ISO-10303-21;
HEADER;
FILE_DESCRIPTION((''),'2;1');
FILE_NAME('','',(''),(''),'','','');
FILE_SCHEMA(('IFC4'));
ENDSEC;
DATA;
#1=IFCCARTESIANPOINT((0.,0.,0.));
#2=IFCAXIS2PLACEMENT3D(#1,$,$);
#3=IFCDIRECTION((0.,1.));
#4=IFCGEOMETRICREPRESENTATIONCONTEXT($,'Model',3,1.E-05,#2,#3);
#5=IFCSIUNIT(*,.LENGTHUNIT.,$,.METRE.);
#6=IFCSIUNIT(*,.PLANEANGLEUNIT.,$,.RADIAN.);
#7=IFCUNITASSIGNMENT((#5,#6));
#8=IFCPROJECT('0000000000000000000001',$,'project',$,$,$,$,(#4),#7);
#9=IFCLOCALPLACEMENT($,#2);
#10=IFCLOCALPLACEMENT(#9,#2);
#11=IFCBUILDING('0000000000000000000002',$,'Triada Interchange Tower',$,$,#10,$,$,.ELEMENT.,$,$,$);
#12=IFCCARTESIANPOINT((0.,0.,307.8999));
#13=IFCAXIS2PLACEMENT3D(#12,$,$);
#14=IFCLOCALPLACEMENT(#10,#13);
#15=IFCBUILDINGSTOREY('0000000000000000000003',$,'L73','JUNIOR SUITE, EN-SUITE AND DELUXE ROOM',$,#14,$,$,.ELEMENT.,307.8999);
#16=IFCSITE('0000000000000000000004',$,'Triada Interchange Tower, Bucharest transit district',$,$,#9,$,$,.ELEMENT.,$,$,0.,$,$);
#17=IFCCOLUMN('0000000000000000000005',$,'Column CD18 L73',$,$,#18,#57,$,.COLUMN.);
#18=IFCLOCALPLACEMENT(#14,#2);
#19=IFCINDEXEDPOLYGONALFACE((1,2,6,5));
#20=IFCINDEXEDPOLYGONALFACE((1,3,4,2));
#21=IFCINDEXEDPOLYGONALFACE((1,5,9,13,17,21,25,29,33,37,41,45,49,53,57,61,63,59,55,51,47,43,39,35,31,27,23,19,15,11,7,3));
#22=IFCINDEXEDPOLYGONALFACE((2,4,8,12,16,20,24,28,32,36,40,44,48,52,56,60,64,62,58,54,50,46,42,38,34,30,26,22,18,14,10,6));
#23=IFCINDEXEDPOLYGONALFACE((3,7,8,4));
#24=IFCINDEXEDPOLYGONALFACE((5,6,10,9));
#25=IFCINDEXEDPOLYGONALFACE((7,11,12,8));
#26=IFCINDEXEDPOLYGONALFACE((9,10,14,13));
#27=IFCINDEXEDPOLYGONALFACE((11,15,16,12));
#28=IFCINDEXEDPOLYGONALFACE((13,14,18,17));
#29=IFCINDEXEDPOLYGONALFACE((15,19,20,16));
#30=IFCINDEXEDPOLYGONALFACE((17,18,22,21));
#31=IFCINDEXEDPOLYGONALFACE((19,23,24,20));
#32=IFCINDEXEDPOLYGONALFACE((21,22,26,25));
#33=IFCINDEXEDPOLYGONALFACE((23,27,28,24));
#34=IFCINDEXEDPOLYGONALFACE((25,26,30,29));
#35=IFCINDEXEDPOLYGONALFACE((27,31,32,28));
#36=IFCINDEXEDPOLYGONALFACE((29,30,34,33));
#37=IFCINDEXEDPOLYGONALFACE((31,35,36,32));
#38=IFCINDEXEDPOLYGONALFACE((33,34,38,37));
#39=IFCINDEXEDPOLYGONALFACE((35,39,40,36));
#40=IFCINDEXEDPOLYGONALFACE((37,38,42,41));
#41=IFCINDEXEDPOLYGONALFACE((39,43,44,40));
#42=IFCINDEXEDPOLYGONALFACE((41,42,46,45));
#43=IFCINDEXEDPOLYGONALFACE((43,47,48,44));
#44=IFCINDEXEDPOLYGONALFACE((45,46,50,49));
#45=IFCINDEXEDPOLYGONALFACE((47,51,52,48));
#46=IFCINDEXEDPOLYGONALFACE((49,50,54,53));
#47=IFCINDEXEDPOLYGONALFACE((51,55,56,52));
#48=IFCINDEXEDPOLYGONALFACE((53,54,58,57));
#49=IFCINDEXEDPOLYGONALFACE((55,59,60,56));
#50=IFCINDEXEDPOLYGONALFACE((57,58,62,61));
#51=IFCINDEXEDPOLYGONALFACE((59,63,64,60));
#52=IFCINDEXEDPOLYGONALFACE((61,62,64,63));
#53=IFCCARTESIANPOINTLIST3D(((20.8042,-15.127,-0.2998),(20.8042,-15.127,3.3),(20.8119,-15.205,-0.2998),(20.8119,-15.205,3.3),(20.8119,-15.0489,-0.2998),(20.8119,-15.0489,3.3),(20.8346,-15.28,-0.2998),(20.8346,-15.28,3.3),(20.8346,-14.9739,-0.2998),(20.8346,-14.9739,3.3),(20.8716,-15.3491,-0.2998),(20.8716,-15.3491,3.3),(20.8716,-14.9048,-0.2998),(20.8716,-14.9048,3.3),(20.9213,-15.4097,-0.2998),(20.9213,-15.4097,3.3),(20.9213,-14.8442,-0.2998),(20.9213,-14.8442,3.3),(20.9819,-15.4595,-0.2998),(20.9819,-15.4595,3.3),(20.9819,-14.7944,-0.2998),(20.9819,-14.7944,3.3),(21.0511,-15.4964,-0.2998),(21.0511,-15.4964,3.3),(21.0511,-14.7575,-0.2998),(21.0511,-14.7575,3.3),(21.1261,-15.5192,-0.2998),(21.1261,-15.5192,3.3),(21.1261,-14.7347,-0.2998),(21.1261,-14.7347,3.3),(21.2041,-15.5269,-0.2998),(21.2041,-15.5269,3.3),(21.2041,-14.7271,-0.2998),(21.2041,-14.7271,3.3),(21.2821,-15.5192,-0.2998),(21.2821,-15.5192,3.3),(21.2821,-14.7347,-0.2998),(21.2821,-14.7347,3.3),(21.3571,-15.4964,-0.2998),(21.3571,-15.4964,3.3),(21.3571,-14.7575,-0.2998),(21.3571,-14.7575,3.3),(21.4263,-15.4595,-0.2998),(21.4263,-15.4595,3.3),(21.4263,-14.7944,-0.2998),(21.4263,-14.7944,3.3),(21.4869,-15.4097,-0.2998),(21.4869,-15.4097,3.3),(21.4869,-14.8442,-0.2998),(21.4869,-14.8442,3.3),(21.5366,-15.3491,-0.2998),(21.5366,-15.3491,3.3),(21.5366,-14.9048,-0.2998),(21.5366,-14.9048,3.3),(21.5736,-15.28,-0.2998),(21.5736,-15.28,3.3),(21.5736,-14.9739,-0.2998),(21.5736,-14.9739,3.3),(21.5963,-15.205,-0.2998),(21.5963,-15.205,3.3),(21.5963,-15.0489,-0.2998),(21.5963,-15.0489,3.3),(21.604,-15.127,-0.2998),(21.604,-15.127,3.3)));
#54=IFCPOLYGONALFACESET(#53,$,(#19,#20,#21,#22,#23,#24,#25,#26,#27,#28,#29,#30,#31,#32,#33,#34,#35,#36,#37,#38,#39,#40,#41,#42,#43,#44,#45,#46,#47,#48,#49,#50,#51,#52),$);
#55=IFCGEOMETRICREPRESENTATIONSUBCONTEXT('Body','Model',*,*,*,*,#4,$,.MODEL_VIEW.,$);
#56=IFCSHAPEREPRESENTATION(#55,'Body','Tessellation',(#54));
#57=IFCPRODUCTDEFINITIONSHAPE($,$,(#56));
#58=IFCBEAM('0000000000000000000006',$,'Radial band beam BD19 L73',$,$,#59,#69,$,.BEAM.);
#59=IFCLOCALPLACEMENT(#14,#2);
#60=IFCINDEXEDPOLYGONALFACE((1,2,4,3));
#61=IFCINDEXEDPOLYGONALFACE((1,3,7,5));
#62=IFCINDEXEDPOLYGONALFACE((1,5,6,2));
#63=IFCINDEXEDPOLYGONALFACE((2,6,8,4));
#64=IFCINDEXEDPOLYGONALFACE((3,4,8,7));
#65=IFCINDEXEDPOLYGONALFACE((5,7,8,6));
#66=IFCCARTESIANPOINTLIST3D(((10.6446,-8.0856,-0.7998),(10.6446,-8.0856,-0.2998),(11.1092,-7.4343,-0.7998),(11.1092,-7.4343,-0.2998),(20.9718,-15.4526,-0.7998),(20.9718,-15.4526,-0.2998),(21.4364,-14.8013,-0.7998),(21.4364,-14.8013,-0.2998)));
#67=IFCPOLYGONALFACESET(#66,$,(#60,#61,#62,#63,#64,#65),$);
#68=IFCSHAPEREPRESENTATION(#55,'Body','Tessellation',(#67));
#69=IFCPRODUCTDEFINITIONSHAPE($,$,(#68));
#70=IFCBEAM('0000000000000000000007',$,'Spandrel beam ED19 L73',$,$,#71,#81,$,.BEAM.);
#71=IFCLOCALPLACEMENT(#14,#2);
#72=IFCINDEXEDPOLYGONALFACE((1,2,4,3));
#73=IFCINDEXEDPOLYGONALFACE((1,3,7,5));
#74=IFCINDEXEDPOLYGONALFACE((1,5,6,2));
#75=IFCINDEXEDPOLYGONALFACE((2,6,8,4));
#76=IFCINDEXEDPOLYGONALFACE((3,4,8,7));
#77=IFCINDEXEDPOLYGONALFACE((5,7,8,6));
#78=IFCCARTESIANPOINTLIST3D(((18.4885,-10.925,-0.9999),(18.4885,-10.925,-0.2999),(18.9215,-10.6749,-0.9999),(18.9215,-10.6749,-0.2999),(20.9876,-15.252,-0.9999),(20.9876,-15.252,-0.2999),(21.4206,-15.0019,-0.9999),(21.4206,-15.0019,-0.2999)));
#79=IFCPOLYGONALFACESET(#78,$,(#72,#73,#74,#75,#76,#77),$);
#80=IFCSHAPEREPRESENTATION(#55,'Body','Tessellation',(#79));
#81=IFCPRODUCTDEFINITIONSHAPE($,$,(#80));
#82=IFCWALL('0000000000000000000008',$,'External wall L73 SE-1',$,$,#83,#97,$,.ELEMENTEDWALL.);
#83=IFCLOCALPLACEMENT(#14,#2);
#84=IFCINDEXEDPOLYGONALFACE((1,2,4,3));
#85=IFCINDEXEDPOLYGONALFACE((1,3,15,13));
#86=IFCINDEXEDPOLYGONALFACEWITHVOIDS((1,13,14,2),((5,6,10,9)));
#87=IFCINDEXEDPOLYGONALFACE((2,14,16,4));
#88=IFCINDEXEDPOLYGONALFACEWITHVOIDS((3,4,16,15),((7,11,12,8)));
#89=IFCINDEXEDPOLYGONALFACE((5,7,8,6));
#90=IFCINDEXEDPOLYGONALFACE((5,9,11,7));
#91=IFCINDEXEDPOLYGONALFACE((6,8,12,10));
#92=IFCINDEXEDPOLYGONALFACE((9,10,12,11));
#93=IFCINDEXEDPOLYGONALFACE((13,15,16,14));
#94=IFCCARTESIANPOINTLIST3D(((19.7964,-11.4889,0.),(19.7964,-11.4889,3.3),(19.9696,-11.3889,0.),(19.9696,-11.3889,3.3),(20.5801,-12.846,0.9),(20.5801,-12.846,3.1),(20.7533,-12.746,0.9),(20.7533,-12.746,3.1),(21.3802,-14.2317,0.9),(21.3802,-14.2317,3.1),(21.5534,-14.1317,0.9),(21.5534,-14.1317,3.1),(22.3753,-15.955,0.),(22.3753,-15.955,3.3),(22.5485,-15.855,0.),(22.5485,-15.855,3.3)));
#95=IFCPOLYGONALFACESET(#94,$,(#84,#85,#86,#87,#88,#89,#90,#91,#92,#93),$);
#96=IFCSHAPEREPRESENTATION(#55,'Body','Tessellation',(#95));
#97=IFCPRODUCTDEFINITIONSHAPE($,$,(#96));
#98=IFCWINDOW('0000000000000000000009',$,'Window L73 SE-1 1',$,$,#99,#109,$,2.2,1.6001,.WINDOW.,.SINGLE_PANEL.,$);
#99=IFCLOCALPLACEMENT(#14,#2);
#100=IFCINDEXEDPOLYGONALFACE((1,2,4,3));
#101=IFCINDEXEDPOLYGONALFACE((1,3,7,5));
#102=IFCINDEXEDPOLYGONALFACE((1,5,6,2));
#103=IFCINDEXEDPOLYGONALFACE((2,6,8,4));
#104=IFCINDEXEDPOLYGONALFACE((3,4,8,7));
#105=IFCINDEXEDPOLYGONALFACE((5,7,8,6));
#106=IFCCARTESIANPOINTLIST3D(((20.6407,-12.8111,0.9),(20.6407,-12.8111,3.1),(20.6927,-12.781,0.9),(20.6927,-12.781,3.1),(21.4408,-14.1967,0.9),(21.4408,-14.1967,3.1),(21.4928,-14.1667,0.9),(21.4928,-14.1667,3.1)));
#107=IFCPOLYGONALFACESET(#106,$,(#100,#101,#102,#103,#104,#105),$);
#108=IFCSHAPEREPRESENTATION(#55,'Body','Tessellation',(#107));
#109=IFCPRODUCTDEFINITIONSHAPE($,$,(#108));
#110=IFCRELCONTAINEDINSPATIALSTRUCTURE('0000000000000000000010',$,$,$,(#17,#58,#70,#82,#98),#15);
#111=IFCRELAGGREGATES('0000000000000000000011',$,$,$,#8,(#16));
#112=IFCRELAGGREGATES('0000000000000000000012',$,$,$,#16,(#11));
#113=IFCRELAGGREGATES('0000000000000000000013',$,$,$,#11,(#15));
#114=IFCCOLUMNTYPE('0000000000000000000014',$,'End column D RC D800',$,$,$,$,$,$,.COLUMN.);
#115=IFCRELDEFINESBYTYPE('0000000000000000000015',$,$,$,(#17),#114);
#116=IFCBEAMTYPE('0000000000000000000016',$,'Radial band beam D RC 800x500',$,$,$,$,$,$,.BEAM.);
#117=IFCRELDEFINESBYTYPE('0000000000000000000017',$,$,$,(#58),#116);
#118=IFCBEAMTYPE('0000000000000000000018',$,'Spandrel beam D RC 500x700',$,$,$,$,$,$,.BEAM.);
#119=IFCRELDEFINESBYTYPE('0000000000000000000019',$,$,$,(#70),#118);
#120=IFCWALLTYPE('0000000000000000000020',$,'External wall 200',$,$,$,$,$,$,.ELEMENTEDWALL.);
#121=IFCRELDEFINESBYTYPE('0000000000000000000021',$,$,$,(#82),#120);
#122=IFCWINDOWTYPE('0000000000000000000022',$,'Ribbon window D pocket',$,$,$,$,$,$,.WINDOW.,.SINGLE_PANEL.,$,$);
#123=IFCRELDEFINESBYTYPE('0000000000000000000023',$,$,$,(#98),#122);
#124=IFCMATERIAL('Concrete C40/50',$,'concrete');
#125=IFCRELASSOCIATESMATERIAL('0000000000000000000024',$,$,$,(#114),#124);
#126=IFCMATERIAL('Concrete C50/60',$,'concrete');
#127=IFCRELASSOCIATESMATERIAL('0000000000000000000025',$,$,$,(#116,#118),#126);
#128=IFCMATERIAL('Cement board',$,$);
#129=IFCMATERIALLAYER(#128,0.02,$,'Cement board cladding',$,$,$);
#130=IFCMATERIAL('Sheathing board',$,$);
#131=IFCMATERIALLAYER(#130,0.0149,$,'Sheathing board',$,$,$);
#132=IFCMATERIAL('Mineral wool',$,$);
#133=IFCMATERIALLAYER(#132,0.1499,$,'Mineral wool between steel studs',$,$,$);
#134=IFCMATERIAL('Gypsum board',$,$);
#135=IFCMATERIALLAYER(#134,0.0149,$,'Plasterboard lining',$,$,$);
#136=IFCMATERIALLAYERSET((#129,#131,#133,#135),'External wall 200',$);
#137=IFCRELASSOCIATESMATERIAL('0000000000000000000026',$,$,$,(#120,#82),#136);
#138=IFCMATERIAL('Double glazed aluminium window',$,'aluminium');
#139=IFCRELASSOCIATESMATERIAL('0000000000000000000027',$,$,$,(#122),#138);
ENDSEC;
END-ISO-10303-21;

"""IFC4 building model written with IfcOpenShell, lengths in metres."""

from ifc_helpers import new_model, si_unit, direction, frame, frame_2d, origin, origin_2d, place, context, subcontext, project, spatial, rectangle, circle, extrude, material, layer, layer_set, layer_usage, material_profile, profile_set, type_object, element, fill, save


model = new_model("IFC4")

# Units and contexts
model_context = context("Model", 3, precision=1e-05, world=origin(), true_north=direction((0.0, 1.0)))
body_context = subcontext(model_context, "Body", "Model", "MODEL_VIEW")
ifc_project = project(units=[si_unit("LENGTHUNIT", "METRE"), si_unit("PLANEANGLEUNIT", "RADIAN")], contexts=[model_context])

# Site, building, storey
site_placement = place(None, origin())
site = spatial("IfcSite", under=ifc_project, at=site_placement, Name="Triada Interchange Tower, Bucharest transit district", CompositionType="ELEMENT", RefElevation=0.0)
building_placement = place(site_placement, origin())
building = spatial("IfcBuilding", under=site, at=building_placement, Name="Triada Interchange Tower", CompositionType="ELEMENT")
storey_placement = place(building_placement, frame((0.0, 0.0, 307.8999)))
storey = spatial("IfcBuildingStorey", under=building, at=storey_placement, Name="L73", Description="JUNIOR SUITE, EN-SUITE AND DELUXE ROOM", CompositionType="ELEMENT", Elevation=307.8999)

# Column
ifc_material_1 = material(Name="Concrete C40/50", Category="concrete")
ifc_material_profile_1 = material_profile(ifc_material_1, circle(Radius=0.3999, at=origin_2d()), Name="RC D800")
ifc_profile_set_1 = profile_set([ifc_material_profile_1], Name="Concrete C40/50")
column_type = type_object("IfcColumnType", Name="End column D RC D800", PredefinedType="COLUMN", material=ifc_profile_set_1)
column_placement = place(storey_placement, frame((21.2041, -15.127, -0.2998), z_axis=(0.0, 0.0, 1.0), x_axis=(1.0, 0.0, 0.0)))
element("IfcColumn", 1, at=column_placement, inside=storey, type_object=column_type, Name="Column CD18 L73", PredefinedType="COLUMN", context=body_context, shape_type="SweptSolid", body=[
    extrude(circle(Radius=0.3999, at=origin_2d()), origin(), (0.0, 0.0, 1.0), 3.5999),
])

# Beams
ifc_material_2 = material(Name="Concrete C50/60", Category="concrete")
ifc_material_profile_2 = material_profile(ifc_material_2, rectangle(XDim=0.8, YDim=0.5, at=origin_2d()), Name="RC 800x500")
ifc_profile_set_2 = profile_set([ifc_material_profile_2], Name="Concrete C50/60")
beam_type_1 = type_object("IfcBeamType", Name="Radial band beam D RC 800x500", PredefinedType="BEAM", material=ifc_profile_set_2)
beam_1_placement = place(storey_placement, frame((21.2041, -15.127, -0.5498), z_axis=(-0.814091, 0.580737, 0.0), x_axis=(-0.580737, -0.814091, 0.0)))
element("IfcBeam", 2, at=beam_1_placement, inside=storey, type_object=beam_type_1, Name="Radial band beam BD19 L73", PredefinedType="BEAM", context=body_context, shape_type="SweptSolid", body=[
    extrude(rectangle(XDim=0.8, YDim=0.5, at=origin_2d()), origin(), (0.0, 0.0, 1.0), 12.6855),
])
ifc_material_profile_3 = material_profile(ifc_material_2, rectangle(XDim=0.5, YDim=0.7, at=origin_2d()), Name="RC 500x700")
ifc_profile_set_3 = profile_set([ifc_material_profile_3], Name="Concrete C50/60")
beam_type_2 = type_object("IfcBeamType", Name="Spandrel beam D RC 500x700", PredefinedType="BEAM", material=ifc_profile_set_3)
beam_2_placement = place(storey_placement, frame((21.2041, -15.127, -0.6499), z_axis=(-0.500133, 0.865949, 0.0), x_axis=(-0.865949, -0.500133, 0.0)))
element("IfcBeam", 3, at=beam_2_placement, inside=storey, type_object=beam_type_2, Name="Spandrel beam ED19 L73", PredefinedType="BEAM", context=body_context, shape_type="SweptSolid", body=[
    extrude(rectangle(XDim=0.5, YDim=0.7, at=origin_2d()), origin(), (0.0, 0.0, 1.0), 4.9968),
])

# Wall, opening, window
ifc_material_3 = material(Name="Cement board")
ifc_layer_1 = layer(ifc_material_3, 0.02, Name="Cement board cladding")
ifc_material_4 = material(Name="Sheathing board")
ifc_layer_2 = layer(ifc_material_4, 0.0149, Name="Sheathing board")
ifc_material_5 = material(Name="Mineral wool")
ifc_layer_3 = layer(ifc_material_5, 0.1499, Name="Mineral wool between steel studs")
ifc_material_6 = material(Name="Gypsum board")
ifc_layer_4 = layer(ifc_material_6, 0.0149, Name="Plasterboard lining")
ifc_layer_set_1 = layer_set([ifc_layer_1, ifc_layer_2, ifc_layer_3, ifc_layer_4], Name="External wall 200")
ifc_layer_usage = layer_usage(ifc_layer_set_1, "AXIS2", "POSITIVE", -0.1001)
wall_type = type_object("IfcWallType", Name="External wall 200", PredefinedType="ELEMENTEDWALL", material=ifc_layer_set_1)
wall_1_placement = place(storey_placement, frame((22.4619, -15.905, 0.0), z_axis=(0.0, 0.0, 1.0), x_axis=(-0.500054, 0.865994, 0.0)))
wall_1 = element("IfcWall", 4, at=wall_1_placement, inside=storey, type_object=wall_type, material=ifc_layer_usage, Name="External wall L73 SE-1", PredefinedType="ELEMENTEDWALL", context=body_context, shape_type="SweptSolid", body=[
    extrude(rectangle(XDim=5.1572, YDim=0.2, at=frame_2d((2.5786, 0.0))), origin(), (0.0, 0.0, 1.0), 3.3),
])
opening_1_placement = place(wall_1_placement, frame((1.99, 0.0, 0.8999)))
opening_1 = element("IfcOpeningElement", 5, at=opening_1_placement, cuts=wall_1, PredefinedType="OPENING", context=body_context, shape_type="SweptSolid", body=[
    extrude(rectangle(XDim=1.6001, YDim=2.2, at=frame_2d((0.8, 1.1001))), frame((0.0, 0.1099, 0.0), z_axis=(0.0, -1.0, 0.0), x_axis=(1.0, 0.0, 0.0)), (0.0, 0.0, 1.0), 0.22),
])
ifc_material_7 = material(Name="Double glazed aluminium window", Category="aluminium")
window_type_1 = type_object("IfcWindowType", Name="Ribbon window D pocket", PartitioningType="SINGLE_PANEL", PredefinedType="WINDOW", material=ifc_material_7)
window_1_placement = place(opening_1_placement, origin())
window_1 = element("IfcWindow", 6, at=window_1_placement, inside=storey, type_object=window_type_1, Name="Window L73 SE-1 1", OverallHeight=2.2, OverallWidth=1.6001, PartitioningType="SINGLE_PANEL", PredefinedType="WINDOW", context=body_context, shape_type="SweptSolid", body=[
    extrude(rectangle(XDim=1.6001, YDim=2.2, at=frame_2d((0.8, 1.1001))), frame((0.0, 0.03, 0.0), z_axis=(0.0, -1.0, 0.0), x_axis=(1.0, 0.0, 0.0)), (0.0, 0.0, 1.0), 0.0601),
])
fill(opening_1, window_1)

save(model, "model.ifc")
